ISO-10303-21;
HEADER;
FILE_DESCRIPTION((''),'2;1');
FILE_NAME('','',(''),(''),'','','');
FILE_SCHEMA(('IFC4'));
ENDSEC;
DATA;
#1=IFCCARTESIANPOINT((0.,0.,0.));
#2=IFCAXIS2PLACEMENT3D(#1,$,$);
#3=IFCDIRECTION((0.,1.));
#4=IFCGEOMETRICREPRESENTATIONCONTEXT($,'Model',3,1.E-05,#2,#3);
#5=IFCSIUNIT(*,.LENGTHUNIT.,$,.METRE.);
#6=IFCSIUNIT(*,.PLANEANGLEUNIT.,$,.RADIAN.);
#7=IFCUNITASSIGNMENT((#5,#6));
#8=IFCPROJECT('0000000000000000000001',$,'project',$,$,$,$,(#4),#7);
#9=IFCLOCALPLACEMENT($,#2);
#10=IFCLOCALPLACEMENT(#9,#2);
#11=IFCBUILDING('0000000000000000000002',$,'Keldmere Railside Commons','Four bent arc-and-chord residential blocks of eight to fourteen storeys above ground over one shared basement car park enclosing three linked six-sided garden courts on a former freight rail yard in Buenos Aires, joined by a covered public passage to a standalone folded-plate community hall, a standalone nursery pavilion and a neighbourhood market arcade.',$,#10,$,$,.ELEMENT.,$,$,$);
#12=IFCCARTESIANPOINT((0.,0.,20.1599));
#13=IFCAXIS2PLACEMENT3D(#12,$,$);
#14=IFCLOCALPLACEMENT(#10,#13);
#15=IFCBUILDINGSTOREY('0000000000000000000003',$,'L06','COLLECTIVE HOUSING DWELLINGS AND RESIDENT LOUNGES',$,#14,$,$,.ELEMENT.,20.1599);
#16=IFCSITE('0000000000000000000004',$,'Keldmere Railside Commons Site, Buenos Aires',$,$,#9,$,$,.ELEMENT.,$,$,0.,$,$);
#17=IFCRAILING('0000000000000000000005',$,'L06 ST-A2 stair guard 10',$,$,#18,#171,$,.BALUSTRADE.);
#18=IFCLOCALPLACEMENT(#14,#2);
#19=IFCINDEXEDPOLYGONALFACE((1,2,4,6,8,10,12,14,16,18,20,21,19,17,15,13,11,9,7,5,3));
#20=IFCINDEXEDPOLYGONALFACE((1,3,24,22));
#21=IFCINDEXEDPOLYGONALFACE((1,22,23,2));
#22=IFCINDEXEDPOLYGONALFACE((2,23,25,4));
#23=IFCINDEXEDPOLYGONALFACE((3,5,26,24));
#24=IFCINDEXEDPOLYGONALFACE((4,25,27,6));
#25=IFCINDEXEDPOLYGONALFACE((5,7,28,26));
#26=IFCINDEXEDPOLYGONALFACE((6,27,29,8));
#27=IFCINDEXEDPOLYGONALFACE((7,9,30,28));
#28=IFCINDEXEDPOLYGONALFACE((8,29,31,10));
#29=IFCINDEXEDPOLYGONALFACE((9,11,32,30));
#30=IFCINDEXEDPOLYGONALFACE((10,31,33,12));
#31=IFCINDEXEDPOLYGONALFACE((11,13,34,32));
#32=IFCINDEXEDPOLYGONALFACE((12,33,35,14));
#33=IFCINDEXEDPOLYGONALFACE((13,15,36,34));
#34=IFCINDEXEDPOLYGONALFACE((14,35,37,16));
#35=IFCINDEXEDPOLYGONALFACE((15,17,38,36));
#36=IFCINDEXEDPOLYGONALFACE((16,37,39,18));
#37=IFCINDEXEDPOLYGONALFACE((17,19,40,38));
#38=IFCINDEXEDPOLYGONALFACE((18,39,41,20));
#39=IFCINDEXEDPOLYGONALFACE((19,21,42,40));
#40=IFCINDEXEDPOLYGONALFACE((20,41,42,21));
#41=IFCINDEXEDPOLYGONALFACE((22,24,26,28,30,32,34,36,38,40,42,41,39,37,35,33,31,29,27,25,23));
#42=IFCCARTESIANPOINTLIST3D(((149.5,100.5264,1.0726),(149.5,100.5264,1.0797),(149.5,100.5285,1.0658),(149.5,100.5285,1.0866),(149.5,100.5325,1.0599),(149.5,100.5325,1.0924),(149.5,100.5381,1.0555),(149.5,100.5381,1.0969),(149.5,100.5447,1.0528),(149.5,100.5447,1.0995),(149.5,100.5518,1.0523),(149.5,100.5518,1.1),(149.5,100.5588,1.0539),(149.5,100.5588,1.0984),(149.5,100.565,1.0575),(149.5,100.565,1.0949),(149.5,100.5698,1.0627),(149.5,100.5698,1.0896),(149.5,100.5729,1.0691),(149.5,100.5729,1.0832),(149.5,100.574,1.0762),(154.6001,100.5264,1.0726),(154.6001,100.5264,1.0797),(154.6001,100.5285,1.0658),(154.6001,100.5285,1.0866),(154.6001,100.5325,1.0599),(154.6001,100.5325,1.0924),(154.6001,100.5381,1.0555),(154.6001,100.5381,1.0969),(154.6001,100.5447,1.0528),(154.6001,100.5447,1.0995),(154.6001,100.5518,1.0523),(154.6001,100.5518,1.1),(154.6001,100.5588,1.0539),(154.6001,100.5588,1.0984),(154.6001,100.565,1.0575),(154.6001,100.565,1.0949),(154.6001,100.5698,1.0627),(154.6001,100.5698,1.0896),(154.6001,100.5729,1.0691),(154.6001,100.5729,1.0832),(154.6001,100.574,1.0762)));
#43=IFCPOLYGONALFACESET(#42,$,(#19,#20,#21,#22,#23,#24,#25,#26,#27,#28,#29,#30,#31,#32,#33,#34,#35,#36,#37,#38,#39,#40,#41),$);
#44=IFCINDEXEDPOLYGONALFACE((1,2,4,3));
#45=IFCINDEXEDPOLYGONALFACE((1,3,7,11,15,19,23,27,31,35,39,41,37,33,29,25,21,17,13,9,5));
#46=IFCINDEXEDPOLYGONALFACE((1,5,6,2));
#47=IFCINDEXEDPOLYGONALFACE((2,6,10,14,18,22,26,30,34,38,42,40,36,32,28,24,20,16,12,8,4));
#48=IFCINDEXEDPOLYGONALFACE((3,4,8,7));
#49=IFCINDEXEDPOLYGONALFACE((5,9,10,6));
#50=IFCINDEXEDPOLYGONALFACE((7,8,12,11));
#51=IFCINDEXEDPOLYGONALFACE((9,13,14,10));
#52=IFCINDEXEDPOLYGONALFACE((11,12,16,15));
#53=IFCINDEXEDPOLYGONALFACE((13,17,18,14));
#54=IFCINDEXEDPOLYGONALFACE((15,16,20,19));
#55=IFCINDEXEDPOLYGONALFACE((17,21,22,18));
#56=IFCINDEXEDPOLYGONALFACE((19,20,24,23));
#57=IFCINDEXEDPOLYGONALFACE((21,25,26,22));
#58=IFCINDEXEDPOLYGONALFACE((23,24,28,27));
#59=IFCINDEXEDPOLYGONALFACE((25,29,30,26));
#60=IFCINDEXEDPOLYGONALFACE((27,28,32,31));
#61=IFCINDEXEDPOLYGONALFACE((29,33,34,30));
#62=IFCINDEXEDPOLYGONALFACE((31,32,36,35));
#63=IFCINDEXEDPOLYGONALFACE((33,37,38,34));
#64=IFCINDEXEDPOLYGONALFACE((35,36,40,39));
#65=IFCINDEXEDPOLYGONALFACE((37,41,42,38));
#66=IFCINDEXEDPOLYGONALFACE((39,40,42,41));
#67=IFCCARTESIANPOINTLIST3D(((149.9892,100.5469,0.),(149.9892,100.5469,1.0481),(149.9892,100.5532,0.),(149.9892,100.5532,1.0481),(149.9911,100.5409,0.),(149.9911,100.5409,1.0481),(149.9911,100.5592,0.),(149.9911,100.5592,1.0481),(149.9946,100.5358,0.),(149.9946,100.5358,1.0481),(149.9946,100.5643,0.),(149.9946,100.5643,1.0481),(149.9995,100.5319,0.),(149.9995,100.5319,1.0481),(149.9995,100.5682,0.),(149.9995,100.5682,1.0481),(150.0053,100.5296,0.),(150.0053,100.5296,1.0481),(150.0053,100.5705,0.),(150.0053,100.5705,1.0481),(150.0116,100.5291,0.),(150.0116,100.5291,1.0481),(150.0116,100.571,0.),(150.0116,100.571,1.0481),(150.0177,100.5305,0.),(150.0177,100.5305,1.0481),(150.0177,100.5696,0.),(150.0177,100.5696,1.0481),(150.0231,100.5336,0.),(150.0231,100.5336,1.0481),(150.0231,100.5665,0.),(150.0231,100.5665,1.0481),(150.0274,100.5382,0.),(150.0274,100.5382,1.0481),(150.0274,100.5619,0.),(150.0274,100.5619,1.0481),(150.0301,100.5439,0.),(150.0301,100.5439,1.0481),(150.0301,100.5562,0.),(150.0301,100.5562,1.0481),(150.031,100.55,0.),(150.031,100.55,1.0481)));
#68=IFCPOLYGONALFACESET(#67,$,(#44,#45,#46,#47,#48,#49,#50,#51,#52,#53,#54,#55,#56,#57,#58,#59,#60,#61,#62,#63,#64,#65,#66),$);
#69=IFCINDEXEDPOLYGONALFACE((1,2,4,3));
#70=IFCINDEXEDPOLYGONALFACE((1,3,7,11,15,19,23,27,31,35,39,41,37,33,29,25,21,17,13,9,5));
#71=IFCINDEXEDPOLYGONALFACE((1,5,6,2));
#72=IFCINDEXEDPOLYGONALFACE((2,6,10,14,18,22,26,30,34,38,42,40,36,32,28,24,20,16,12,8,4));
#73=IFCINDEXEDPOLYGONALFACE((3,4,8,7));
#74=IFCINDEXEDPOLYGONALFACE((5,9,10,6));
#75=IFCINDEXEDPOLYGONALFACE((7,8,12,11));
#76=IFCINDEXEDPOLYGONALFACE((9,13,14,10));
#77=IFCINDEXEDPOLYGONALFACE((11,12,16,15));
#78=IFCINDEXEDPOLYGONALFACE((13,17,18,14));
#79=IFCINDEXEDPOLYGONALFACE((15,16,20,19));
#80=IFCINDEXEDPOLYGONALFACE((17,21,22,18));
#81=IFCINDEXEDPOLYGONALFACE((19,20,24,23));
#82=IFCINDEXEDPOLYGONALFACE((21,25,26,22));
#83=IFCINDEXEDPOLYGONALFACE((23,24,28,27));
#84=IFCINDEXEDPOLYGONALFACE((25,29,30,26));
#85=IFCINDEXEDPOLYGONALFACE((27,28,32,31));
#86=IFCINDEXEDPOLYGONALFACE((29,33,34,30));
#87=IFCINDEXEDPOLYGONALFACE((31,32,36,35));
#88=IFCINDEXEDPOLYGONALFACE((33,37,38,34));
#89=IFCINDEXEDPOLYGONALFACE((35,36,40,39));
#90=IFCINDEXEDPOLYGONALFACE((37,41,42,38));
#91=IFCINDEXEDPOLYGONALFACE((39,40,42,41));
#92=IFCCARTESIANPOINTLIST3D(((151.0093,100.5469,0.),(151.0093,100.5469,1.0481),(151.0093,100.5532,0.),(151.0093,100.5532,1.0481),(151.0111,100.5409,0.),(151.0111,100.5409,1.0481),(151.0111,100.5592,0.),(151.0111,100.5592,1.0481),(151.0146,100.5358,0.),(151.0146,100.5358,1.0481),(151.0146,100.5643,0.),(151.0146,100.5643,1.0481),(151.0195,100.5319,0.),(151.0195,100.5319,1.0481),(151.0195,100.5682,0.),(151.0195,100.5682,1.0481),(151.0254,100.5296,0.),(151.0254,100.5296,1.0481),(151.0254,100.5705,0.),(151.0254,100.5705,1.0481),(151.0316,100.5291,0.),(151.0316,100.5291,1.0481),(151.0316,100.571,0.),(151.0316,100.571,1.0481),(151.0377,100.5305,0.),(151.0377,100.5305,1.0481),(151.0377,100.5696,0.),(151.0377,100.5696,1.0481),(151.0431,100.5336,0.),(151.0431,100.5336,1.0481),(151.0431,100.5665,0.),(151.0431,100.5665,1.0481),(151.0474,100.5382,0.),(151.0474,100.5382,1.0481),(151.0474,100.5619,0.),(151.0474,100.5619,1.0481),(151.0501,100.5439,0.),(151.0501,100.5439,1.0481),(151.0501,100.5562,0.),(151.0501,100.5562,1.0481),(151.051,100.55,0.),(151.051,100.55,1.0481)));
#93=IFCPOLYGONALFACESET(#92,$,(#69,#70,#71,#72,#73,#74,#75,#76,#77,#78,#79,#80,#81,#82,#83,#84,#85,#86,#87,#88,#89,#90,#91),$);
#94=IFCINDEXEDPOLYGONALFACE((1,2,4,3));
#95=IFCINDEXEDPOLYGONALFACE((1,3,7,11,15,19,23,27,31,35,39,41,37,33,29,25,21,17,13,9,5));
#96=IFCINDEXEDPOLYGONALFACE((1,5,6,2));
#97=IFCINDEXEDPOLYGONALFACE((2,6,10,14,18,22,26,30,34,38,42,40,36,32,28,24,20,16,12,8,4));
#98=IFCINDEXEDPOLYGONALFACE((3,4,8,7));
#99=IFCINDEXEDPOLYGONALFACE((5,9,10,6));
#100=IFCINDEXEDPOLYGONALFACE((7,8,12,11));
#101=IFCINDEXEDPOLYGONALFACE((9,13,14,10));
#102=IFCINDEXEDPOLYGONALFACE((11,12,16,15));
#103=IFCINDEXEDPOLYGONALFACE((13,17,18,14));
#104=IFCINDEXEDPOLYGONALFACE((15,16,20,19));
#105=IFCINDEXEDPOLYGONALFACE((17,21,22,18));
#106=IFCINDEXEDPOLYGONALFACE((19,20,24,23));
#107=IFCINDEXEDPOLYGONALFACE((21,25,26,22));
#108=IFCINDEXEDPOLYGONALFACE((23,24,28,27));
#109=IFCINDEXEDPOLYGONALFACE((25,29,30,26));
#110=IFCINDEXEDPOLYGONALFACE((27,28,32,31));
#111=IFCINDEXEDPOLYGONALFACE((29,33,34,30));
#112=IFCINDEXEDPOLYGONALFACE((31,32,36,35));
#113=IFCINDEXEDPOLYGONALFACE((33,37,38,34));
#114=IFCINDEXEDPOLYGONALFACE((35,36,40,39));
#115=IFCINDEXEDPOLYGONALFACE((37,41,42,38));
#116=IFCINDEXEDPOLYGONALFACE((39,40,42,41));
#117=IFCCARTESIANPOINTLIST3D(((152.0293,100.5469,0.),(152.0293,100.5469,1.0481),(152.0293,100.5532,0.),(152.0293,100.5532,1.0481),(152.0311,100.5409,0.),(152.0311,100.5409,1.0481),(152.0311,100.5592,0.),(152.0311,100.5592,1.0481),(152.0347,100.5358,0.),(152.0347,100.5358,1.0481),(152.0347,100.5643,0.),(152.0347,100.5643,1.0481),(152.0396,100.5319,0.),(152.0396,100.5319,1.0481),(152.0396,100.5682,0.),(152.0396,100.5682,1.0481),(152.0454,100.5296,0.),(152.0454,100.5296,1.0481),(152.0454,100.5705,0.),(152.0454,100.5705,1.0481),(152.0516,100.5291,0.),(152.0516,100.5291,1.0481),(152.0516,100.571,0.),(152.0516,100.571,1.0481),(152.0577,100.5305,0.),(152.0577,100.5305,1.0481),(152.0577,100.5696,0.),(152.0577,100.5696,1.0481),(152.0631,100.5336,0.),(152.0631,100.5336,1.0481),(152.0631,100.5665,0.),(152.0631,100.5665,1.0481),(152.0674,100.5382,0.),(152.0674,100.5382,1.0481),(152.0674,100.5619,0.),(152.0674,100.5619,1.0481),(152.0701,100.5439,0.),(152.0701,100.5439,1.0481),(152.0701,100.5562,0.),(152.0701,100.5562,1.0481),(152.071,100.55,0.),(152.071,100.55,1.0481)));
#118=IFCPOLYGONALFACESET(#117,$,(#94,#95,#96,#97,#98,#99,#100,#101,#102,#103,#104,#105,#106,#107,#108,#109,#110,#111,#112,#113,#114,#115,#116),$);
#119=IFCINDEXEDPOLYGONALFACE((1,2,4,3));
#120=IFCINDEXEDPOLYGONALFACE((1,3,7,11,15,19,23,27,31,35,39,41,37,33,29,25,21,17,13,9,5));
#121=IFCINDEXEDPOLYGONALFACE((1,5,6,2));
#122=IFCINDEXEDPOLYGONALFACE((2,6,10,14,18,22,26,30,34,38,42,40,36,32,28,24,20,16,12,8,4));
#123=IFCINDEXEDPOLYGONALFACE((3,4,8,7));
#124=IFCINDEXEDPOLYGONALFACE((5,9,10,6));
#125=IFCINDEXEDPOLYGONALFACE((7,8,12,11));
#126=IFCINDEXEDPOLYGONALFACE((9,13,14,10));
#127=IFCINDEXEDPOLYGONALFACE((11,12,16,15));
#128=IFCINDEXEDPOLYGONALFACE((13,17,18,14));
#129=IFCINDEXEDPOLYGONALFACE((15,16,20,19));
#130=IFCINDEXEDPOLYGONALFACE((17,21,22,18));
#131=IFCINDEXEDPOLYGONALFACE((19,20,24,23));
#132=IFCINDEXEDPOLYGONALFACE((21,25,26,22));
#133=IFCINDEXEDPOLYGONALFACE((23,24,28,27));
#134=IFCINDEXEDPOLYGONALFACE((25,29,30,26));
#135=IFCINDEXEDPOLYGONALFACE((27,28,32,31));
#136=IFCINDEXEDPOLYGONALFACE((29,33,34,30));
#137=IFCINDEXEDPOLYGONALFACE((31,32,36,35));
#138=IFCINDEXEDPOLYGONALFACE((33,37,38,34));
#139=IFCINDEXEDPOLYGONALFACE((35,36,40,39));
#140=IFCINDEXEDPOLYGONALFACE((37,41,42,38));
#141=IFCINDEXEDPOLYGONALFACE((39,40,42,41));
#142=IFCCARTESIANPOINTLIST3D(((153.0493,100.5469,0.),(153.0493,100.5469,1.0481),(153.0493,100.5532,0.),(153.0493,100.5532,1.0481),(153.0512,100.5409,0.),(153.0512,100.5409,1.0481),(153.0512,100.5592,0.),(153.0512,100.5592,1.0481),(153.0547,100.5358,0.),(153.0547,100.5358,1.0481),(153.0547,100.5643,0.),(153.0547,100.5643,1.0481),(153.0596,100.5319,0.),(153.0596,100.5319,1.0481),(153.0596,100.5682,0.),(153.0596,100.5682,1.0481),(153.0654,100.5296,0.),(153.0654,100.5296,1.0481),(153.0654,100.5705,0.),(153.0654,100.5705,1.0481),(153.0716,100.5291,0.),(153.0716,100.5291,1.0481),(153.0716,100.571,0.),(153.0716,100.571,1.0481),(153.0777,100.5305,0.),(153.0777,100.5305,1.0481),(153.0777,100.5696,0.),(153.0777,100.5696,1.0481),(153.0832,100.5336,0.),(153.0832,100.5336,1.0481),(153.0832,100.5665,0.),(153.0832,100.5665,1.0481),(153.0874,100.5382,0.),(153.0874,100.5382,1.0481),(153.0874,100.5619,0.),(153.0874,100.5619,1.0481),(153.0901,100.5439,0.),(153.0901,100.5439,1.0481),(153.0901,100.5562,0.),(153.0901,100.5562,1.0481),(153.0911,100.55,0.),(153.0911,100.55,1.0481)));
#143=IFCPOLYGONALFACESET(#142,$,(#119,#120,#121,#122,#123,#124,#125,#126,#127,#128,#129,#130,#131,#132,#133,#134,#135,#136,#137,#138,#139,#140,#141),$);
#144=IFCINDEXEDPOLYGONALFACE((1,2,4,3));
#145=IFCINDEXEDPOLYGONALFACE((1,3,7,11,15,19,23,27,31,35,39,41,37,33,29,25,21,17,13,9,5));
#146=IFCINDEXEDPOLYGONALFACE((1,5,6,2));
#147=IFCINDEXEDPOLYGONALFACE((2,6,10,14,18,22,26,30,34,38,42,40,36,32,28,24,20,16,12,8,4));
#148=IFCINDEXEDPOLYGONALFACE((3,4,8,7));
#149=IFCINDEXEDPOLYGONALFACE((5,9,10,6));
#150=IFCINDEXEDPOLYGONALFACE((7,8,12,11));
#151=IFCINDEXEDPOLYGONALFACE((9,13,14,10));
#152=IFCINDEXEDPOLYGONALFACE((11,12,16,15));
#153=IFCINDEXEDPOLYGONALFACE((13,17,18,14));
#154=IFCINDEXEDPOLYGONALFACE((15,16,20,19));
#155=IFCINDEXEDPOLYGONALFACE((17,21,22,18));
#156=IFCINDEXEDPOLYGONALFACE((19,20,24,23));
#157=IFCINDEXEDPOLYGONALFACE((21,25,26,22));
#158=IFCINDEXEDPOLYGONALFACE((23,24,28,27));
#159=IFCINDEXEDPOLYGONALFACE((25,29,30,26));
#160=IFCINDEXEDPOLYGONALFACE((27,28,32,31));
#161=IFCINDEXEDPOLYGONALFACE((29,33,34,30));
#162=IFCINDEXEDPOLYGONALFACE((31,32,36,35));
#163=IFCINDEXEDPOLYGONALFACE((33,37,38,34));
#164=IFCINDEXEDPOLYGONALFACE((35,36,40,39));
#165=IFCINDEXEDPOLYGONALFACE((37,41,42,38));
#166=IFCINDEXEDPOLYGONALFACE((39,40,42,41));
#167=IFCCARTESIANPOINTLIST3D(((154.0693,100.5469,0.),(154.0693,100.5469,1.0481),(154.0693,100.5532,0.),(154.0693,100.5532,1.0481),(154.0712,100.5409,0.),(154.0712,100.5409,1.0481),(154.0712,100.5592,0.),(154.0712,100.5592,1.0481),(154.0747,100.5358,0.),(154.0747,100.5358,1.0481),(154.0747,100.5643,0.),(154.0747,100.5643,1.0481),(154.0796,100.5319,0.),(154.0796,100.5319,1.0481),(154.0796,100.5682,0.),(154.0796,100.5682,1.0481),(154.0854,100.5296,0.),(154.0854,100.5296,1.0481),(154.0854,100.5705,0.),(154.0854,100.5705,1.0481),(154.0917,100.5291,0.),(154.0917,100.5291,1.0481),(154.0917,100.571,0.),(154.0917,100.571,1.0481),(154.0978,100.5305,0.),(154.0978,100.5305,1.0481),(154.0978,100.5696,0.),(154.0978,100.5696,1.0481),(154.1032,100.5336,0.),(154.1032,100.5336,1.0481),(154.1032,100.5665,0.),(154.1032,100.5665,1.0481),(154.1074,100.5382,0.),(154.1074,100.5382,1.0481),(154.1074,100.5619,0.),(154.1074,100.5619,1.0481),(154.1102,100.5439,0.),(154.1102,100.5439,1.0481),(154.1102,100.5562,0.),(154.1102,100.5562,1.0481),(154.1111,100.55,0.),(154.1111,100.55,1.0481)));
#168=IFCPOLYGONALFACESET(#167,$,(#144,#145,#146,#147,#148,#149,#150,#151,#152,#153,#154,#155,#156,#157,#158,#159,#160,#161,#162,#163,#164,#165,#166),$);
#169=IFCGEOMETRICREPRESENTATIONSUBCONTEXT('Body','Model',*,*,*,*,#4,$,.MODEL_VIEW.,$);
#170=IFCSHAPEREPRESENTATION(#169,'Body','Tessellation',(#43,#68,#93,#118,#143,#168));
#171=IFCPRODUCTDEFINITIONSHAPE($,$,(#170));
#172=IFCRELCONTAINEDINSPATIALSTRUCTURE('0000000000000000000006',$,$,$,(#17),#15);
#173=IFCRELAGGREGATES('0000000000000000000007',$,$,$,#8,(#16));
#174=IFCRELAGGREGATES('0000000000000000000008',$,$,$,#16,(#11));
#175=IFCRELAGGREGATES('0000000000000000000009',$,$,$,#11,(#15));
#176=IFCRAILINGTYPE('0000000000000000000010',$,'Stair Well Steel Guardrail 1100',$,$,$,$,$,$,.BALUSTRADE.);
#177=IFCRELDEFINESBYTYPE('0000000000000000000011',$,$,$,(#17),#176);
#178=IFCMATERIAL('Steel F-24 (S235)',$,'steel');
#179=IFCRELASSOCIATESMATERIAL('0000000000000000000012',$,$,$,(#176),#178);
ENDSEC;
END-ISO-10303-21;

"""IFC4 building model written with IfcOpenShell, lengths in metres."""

from ifc_helpers import new_model, si_unit, direction, frame, origin, origin_2d, place, context, subcontext, project, spatial, circle, extrude, material, type_object, element, save


model = new_model("IFC4")

# Units and contexts
model_context = context("Model", 3, precision=1e-05, world=origin(), true_north=direction((0.0, 1.0)))
body_context = subcontext(model_context, "Body", "Model", "MODEL_VIEW")
ifc_project = project(units=[si_unit("LENGTHUNIT", "METRE"), si_unit("PLANEANGLEUNIT", "RADIAN")], contexts=[model_context])

# Site, building, storey
site_placement = place(None, origin())
site = spatial("IfcSite", under=ifc_project, at=site_placement, Name="Keldmere Railside Commons Site, Buenos Aires", CompositionType="ELEMENT", RefElevation=0.0)
building_placement = place(site_placement, origin())
building = spatial("IfcBuilding", under=site, at=building_placement, Name="Keldmere Railside Commons", Description="Four bent arc-and-chord residential blocks of eight to fourteen storeys above ground over one shared basement car park enclosing three linked six-sided garden courts on a former freight rail yard in Buenos Aires, joined by a covered public passage to a standalone folded-plate community hall, a standalone nursery pavilion and a neighbourhood market arcade.", CompositionType="ELEMENT")
storey_placement = place(building_placement, frame((0.0, 0.0, 20.1599)))
storey = spatial("IfcBuildingStorey", under=building, at=storey_placement, Name="L06", Description="COLLECTIVE HOUSING DWELLINGS AND RESIDENT LOUNGES", CompositionType="ELEMENT", Elevation=20.1599)

# Railing
ifc_material_1 = material(Name="Steel F-24 (S235)", Category="steel")
railing_type_1 = type_object("IfcRailingType", Name="Stair Well Steel Guardrail 1100", PredefinedType="BALUSTRADE", material=ifc_material_1)
railing_1_placement = place(storey_placement, frame((149.5, 100.55, 0.0)))
element("IfcRailing", 1, at=railing_1_placement, inside=storey, type_object=railing_type_1, Name="L06 ST-A2 stair guard 10", PredefinedType="BALUSTRADE", context=body_context, shape_type="SweptSolid", body=[
    extrude(circle(Radius=0.0239, at=origin_2d()), frame((0.0, 0.0, 1.0762), z_axis=(1.0, 0.0, 0.0), x_axis=(0.0, 1.0, 0.0)), (0.0, 0.0, 1.0), 5.1001),
    extrude(circle(Radius=0.021, at=origin_2d()), frame((0.51, 0.0, 0.0)), (0.0, 0.0, 1.0), 1.0481),
    extrude(circle(Radius=0.021, at=origin_2d()), frame((1.53, 0.0, 0.0)), (0.0, 0.0, 1.0), 1.0481),
    extrude(circle(Radius=0.021, at=origin_2d()), frame((2.55, 0.0, 0.0)), (0.0, 0.0, 1.0), 1.0481),
    extrude(circle(Radius=0.021, at=origin_2d()), frame((3.5701, 0.0, 0.0)), (0.0, 0.0, 1.0), 1.0481),
    extrude(circle(Radius=0.021, at=origin_2d()), frame((4.5901, 0.0, 0.0)), (0.0, 0.0, 1.0), 1.0481),
])

save(model, "model.ifc")
